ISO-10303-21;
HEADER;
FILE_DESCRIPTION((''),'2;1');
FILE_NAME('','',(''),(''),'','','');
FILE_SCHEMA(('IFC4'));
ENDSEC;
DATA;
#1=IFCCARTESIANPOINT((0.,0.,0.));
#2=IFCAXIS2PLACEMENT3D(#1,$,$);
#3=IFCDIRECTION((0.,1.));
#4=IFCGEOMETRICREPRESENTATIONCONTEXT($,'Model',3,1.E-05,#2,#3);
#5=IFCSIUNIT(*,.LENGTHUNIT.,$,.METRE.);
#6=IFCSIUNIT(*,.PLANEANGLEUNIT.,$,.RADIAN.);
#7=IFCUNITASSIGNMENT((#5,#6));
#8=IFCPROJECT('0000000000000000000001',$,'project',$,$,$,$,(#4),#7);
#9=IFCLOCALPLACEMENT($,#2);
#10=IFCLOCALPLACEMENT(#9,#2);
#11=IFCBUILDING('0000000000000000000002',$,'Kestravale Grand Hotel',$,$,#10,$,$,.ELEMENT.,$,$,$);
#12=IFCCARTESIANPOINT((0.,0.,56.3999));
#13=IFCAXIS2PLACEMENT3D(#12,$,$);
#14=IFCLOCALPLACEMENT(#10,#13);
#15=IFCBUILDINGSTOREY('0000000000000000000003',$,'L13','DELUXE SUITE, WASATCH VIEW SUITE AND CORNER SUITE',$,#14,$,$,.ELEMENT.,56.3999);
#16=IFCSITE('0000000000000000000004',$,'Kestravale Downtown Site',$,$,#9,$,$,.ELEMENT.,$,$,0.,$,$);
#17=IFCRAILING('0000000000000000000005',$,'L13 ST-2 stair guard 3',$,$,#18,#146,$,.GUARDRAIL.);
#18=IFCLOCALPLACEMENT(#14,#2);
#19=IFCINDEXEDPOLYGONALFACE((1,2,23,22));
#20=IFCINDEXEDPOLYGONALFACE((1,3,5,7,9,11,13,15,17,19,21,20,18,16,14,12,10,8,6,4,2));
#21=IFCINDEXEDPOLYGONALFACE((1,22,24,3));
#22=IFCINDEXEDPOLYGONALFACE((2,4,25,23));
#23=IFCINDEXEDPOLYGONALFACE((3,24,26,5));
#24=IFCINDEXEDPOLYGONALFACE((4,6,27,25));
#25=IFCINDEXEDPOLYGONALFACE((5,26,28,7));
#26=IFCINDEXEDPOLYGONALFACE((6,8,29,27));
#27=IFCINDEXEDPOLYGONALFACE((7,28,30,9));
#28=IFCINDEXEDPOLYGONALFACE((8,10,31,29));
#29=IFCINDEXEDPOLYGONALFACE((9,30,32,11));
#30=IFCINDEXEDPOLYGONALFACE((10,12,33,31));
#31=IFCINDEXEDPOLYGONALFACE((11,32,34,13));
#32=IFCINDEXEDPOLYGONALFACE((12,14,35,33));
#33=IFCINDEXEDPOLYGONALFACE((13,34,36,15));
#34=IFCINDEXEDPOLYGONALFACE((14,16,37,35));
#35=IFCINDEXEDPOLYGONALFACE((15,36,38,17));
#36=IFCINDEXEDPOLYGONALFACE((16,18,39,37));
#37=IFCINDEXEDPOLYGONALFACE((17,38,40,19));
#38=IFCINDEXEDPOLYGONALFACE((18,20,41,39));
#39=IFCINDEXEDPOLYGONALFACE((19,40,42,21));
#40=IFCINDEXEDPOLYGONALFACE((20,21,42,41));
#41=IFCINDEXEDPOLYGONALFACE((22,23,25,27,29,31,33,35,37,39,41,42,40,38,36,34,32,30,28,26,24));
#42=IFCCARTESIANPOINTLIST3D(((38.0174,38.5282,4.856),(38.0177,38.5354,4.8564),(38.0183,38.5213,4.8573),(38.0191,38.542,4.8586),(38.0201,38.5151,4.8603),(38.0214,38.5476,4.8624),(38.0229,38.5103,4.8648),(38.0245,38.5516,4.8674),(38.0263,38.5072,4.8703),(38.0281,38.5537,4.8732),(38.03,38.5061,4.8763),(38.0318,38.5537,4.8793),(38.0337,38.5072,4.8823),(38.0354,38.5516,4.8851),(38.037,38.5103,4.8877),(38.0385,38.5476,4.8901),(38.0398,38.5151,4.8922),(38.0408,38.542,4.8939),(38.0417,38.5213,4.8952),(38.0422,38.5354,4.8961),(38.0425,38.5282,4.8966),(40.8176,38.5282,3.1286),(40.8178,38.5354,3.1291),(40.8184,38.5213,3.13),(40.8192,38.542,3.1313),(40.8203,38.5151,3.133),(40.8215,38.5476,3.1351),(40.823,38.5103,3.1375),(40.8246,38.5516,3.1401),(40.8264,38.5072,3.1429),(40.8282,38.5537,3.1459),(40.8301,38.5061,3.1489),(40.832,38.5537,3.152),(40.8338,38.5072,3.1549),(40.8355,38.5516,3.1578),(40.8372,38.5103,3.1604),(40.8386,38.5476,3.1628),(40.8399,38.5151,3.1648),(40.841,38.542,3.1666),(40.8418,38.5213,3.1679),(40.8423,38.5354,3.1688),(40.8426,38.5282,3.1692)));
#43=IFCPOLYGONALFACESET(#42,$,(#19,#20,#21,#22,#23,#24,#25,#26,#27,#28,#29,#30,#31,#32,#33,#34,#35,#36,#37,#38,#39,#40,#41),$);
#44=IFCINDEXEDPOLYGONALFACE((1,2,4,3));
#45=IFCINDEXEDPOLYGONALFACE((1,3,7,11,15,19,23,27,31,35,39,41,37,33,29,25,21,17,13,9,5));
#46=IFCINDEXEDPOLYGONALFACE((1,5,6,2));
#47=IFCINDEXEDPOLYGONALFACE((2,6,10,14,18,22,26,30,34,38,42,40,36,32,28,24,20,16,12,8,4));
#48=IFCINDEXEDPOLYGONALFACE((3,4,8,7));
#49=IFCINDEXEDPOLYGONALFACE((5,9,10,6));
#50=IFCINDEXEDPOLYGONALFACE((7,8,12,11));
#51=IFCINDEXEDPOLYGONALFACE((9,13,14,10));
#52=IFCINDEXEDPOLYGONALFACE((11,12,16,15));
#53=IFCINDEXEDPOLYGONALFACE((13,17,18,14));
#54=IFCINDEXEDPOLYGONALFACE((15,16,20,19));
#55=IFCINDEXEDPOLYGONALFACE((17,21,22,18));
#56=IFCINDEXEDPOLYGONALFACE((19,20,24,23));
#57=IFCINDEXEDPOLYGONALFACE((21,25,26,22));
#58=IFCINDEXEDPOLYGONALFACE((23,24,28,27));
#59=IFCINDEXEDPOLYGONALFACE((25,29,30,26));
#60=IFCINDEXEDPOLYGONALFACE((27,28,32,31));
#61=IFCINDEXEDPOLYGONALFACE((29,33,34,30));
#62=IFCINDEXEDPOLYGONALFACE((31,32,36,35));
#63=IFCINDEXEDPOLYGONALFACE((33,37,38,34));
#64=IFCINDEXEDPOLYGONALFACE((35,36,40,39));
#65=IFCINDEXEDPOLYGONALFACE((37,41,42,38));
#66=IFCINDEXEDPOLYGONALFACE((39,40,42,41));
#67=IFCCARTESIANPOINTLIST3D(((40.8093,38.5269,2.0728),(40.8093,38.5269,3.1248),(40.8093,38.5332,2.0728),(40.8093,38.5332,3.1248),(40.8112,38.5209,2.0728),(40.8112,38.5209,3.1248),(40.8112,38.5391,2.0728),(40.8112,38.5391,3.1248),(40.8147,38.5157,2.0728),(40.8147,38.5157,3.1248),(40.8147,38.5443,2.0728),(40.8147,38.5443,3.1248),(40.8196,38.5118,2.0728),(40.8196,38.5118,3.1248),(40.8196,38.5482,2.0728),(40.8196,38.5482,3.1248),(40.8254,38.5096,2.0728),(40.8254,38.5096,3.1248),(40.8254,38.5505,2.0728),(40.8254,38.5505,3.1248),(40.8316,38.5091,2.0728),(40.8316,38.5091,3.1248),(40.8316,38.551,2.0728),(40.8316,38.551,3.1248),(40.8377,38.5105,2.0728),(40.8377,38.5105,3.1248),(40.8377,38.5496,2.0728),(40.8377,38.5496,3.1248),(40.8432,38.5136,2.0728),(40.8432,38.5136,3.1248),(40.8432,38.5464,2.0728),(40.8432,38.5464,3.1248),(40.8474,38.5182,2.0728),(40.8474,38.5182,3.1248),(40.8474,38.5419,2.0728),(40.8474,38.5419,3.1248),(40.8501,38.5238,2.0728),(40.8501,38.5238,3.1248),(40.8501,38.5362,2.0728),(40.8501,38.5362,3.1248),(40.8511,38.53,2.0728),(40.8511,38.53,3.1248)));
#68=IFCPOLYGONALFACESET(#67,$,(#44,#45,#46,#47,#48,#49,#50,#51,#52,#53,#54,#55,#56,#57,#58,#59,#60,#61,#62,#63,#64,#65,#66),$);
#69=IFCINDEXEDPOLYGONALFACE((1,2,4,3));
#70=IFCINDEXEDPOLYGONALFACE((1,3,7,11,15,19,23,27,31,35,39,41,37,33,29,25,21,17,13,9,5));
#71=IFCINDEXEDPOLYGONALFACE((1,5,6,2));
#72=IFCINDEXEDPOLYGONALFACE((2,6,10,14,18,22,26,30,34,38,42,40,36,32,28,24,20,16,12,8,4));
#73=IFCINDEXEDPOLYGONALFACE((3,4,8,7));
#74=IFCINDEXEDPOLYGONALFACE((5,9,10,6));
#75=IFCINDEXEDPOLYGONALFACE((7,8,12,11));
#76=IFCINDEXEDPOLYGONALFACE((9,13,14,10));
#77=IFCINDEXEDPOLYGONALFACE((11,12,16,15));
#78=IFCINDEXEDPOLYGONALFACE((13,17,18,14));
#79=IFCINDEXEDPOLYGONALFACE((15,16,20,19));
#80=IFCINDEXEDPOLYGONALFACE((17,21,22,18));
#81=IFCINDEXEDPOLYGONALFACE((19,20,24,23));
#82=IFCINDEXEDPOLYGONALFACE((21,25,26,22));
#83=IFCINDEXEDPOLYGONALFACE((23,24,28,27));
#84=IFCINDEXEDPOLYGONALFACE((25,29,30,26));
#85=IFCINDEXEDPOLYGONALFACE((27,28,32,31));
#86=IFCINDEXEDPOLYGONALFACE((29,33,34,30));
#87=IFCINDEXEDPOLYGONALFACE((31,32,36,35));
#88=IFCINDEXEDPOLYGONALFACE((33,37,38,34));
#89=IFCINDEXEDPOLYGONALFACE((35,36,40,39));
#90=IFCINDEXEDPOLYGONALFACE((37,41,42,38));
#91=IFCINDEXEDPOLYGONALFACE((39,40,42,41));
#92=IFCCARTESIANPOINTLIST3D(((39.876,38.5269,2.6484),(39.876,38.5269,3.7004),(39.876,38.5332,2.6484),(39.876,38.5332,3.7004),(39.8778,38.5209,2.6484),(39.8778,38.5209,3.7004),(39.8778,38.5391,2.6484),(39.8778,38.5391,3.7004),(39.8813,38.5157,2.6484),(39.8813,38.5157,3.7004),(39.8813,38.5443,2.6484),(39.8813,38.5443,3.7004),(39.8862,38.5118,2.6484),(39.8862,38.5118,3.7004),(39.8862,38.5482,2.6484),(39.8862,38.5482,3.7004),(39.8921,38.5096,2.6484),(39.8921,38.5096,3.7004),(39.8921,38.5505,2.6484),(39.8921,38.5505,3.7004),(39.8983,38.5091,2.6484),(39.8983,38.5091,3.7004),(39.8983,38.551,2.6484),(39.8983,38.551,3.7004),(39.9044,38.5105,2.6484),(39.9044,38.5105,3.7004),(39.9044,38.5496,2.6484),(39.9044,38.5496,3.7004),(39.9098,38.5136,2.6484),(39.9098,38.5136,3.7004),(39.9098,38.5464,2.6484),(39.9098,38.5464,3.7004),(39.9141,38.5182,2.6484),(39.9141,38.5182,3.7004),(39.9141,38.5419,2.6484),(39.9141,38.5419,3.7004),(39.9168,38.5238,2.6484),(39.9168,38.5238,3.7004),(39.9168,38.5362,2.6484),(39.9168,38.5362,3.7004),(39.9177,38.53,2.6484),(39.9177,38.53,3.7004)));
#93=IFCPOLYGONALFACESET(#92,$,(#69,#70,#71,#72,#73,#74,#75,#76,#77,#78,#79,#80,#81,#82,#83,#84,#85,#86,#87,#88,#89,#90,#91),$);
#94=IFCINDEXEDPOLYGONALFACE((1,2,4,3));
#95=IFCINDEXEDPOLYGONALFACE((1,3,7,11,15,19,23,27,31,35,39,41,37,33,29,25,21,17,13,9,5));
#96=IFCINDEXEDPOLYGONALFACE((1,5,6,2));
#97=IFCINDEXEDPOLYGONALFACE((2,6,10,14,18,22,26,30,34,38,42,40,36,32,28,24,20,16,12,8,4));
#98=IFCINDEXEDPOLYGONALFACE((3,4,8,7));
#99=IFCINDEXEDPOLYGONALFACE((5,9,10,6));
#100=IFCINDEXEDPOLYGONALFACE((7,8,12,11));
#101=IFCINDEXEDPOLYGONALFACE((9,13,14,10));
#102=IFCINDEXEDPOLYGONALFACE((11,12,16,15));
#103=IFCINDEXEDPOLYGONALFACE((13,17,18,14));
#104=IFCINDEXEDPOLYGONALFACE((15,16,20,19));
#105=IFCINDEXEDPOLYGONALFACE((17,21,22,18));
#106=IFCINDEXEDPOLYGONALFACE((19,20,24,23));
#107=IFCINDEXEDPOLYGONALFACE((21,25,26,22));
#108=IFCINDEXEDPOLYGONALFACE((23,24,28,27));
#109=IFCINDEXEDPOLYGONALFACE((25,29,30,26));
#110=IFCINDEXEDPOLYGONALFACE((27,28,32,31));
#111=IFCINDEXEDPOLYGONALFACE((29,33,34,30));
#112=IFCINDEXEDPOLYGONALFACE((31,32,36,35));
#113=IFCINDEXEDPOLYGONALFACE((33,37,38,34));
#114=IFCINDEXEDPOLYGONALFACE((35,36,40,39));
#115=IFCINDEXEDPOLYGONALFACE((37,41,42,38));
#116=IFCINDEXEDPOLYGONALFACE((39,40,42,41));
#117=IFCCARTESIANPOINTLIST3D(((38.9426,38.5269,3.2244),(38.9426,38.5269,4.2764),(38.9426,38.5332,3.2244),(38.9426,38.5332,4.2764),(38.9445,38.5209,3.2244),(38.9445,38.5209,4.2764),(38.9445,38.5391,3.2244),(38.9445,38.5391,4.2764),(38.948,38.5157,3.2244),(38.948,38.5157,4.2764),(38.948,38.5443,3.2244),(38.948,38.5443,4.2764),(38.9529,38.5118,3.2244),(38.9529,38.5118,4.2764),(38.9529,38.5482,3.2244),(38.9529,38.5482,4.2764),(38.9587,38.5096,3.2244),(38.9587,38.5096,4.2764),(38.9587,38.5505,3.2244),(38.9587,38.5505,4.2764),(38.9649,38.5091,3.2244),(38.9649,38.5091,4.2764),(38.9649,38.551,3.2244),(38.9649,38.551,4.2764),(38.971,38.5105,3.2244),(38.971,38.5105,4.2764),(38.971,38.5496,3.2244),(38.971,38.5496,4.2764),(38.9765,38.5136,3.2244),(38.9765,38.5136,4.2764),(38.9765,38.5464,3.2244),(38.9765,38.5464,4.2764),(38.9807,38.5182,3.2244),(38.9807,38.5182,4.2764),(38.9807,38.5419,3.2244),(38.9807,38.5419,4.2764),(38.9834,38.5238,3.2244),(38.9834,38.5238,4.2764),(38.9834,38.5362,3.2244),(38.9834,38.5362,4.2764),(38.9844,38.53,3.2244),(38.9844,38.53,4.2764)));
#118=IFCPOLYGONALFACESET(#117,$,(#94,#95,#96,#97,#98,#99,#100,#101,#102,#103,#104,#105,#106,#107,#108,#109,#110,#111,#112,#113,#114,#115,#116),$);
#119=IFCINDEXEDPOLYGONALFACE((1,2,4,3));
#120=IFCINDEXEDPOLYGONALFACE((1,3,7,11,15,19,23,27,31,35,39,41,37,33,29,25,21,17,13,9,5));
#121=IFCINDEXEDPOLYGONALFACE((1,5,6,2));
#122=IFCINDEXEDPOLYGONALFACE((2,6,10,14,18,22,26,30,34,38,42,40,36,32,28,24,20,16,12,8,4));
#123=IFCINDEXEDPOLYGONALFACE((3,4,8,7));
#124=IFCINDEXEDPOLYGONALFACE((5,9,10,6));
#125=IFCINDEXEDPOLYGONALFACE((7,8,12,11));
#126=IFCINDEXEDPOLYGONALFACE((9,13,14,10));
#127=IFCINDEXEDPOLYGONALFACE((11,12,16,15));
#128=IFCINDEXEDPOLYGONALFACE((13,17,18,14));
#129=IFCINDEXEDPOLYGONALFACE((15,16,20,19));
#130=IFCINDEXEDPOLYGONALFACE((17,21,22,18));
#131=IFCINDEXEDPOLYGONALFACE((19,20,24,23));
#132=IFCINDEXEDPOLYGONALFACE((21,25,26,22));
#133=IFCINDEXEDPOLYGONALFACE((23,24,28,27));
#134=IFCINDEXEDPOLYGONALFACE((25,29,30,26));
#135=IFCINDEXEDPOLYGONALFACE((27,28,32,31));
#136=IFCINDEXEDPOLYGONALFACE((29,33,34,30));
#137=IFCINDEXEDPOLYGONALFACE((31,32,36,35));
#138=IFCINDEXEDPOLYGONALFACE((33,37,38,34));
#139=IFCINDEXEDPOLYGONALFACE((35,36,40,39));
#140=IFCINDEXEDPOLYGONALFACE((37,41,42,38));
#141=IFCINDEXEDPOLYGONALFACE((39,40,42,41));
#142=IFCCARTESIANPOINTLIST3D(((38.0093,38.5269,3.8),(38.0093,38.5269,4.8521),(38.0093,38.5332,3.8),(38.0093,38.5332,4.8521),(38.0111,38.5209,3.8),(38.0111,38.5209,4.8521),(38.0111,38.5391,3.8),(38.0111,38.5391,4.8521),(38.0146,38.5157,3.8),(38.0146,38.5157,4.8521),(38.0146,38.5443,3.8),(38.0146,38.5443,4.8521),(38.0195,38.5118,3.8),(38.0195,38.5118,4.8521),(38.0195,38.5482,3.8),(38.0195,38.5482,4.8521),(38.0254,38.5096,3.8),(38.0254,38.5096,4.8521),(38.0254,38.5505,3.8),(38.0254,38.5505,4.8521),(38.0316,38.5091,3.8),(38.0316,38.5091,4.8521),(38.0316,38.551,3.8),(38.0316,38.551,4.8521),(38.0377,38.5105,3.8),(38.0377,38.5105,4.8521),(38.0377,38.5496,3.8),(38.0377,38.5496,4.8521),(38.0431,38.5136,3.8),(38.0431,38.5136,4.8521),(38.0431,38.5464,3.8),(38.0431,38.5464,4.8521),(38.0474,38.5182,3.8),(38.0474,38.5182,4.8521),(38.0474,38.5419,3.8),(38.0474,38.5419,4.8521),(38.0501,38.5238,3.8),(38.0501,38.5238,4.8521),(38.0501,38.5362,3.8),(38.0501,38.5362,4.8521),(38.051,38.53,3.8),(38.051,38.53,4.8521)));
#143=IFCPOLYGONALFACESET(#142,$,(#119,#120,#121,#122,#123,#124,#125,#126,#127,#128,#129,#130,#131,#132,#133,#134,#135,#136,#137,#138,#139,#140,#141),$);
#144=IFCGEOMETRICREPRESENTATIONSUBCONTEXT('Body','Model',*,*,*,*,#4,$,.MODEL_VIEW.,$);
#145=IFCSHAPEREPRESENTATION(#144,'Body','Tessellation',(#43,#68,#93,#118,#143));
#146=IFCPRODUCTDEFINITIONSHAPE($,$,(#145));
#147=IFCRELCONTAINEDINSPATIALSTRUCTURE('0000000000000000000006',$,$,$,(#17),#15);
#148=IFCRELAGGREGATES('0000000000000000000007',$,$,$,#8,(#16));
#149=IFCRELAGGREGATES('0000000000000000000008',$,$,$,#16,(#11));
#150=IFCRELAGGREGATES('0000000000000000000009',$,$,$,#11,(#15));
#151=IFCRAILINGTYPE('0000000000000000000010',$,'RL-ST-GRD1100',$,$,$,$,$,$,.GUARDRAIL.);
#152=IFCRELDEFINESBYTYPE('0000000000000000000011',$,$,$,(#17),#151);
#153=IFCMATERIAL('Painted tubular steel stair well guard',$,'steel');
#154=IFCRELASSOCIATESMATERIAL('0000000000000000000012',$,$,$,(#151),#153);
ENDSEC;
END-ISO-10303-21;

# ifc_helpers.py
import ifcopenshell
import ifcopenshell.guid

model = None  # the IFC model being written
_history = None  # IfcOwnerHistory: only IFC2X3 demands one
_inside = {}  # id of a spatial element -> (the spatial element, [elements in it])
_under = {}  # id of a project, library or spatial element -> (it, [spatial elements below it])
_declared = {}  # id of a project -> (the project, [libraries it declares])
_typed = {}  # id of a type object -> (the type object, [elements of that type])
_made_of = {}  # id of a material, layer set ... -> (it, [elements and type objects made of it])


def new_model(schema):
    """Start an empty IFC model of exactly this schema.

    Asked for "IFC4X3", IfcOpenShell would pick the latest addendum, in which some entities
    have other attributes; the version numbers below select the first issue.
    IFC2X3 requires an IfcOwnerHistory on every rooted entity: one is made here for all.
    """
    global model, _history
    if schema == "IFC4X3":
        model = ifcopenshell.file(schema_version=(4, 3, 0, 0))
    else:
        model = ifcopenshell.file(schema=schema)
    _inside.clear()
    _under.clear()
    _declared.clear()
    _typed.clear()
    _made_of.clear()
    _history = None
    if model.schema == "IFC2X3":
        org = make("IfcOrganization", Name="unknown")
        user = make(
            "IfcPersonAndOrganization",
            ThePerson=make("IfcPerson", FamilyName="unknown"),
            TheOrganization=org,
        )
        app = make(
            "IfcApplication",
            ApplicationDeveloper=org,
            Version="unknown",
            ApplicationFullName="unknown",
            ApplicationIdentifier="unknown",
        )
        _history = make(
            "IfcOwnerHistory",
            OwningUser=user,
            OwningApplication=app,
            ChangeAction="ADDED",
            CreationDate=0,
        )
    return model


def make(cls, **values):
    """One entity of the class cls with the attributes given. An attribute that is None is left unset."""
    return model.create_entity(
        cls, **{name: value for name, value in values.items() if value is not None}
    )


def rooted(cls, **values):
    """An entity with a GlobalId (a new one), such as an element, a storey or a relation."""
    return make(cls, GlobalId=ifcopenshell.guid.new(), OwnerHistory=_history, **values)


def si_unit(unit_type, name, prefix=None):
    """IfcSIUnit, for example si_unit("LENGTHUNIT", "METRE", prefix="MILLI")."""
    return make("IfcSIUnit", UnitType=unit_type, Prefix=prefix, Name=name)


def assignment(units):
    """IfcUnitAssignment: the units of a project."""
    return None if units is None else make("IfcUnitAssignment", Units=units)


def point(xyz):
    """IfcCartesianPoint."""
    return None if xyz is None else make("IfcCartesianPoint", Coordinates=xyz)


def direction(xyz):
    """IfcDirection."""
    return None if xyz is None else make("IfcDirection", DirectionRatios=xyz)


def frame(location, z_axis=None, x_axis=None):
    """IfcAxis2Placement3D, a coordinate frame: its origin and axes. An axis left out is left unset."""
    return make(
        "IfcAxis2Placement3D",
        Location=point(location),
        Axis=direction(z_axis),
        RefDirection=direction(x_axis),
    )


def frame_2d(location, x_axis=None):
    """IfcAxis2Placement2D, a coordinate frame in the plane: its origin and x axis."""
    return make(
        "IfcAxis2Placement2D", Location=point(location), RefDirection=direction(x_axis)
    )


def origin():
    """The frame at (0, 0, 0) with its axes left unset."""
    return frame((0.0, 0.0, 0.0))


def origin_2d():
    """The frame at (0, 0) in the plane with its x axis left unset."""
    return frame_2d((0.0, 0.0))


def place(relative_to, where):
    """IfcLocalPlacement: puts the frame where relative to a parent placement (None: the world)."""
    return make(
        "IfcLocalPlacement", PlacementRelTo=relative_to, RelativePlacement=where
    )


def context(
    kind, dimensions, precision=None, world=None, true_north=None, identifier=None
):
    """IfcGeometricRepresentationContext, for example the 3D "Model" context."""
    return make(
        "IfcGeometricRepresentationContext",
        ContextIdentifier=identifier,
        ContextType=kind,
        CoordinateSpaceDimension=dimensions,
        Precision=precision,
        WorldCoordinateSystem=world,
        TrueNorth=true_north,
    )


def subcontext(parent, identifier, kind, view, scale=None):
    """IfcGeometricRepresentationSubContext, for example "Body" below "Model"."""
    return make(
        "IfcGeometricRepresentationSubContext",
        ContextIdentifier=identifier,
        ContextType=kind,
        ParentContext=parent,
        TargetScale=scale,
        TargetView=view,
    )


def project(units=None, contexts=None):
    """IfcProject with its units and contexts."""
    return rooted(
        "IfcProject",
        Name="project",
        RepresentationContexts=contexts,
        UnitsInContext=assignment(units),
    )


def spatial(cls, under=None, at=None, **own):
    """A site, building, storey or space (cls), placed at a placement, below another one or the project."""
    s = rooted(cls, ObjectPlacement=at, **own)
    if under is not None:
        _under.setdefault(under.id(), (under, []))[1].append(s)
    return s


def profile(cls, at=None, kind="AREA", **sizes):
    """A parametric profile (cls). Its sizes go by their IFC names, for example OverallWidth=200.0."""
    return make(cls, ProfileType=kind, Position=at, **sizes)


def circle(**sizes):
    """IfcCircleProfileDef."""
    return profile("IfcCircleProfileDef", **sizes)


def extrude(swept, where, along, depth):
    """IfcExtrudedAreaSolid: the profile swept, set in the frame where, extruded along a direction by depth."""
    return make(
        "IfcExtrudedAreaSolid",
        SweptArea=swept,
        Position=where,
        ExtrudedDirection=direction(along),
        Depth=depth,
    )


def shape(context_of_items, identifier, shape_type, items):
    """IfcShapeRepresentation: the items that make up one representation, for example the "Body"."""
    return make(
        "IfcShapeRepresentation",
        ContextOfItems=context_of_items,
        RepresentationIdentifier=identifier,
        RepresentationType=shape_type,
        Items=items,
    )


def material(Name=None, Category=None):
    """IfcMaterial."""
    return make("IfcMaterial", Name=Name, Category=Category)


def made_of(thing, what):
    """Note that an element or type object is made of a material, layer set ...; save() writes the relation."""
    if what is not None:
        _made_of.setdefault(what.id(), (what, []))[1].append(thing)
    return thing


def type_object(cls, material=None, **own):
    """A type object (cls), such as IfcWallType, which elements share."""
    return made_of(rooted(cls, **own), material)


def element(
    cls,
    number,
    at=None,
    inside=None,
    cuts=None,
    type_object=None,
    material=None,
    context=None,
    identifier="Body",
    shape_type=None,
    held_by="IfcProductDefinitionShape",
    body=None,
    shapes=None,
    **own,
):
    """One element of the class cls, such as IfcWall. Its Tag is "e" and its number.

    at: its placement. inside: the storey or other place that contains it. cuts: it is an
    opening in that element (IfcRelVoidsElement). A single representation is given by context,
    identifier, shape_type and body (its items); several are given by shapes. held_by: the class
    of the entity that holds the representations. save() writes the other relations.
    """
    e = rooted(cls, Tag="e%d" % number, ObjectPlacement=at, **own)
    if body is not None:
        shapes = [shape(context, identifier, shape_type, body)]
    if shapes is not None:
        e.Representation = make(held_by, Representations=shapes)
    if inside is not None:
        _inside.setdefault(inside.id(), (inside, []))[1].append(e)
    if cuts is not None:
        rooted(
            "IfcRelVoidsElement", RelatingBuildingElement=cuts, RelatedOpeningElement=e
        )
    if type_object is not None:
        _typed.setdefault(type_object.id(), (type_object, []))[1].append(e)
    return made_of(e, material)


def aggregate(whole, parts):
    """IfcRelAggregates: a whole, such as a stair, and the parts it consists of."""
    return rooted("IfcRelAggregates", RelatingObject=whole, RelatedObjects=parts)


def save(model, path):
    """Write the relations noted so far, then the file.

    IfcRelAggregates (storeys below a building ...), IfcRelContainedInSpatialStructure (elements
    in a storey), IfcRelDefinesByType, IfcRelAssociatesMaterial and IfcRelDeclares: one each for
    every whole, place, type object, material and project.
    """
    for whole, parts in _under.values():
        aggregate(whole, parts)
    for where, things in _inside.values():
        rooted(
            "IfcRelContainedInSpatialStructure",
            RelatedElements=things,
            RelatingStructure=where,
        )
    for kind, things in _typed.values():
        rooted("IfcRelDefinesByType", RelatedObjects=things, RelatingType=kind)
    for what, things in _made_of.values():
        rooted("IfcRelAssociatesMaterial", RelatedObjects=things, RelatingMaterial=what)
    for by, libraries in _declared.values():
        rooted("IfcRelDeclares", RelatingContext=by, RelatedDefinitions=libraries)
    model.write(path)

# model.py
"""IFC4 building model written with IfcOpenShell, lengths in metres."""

from ifc_helpers import new_model, si_unit, direction, frame, origin, origin_2d, place, context, subcontext, project, spatial, circle, extrude, material, type_object, element, save


model = new_model("IFC4")

# Units and contexts
model_context = context("Model", 3, precision=1e-05, world=origin(), true_north=direction((0.0, 1.0)))
body_context = subcontext(model_context, "Body", "Model", "MODEL_VIEW")
ifc_project = project(units=[si_unit("LENGTHUNIT", "METRE"), si_unit("PLANEANGLEUNIT", "RADIAN")], contexts=[model_context])

# Site, building, storey
site_placement = place(None, origin())
site = spatial("IfcSite", under=ifc_project, at=site_placement, Name="Kestravale Downtown Site", CompositionType="ELEMENT", RefElevation=0.0)
building_placement = place(site_placement, origin())
building = spatial("IfcBuilding", under=site, at=building_placement, Name="Kestravale Grand Hotel", CompositionType="ELEMENT")
storey_placement = place(building_placement, frame((0.0, 0.0, 56.3999)))
storey = spatial("IfcBuildingStorey", under=building, at=storey_placement, Name="L13", Description="DELUXE SUITE, WASATCH VIEW SUITE AND CORNER SUITE", CompositionType="ELEMENT", Elevation=56.3999)

# Railing
ifc_material_1 = material(Name="Painted tubular steel stair well guard", Category="steel")
railing_type_1 = type_object("IfcRailingType", Name="RL-ST-GRD1100", PredefinedType="GUARDRAIL", material=ifc_material_1)
railing_1_placement = place(storey_placement, frame((40.8301, 38.53, 2.0728)))
element("IfcRailing", 1, at=railing_1_placement, inside=storey, type_object=railing_type_1, Name="L13 ST-2 stair guard 3", PredefinedType="GUARDRAIL", context=body_context, shape_type="SweptSolid", body=[
    extrude(circle(Radius=0.0239, at=origin_2d()), frame((0.0, 0.0, 1.0762), z_axis=(-0.85109, 0.0, 0.52502), x_axis=(0.0, -1.0, 0.0)), (0.0, 0.0, 1.0), 3.29),
    extrude(circle(Radius=0.021, at=origin_2d()), origin(), (0.0, 0.0, 1.0), 1.052),
    extrude(circle(Radius=0.021, at=origin_2d()), frame((-0.9333, 0.0, 0.5757)), (0.0, 0.0, 1.0), 1.052),
    extrude(circle(Radius=0.021, at=origin_2d()), frame((-1.8667, 0.0, 1.1516)), (0.0, 0.0, 1.0), 1.052),
    extrude(circle(Radius=0.021, at=origin_2d()), frame((-2.8, 0.0, 1.7273)), (0.0, 0.0, 1.0), 1.052),
])

save(model, "model.ifc")
